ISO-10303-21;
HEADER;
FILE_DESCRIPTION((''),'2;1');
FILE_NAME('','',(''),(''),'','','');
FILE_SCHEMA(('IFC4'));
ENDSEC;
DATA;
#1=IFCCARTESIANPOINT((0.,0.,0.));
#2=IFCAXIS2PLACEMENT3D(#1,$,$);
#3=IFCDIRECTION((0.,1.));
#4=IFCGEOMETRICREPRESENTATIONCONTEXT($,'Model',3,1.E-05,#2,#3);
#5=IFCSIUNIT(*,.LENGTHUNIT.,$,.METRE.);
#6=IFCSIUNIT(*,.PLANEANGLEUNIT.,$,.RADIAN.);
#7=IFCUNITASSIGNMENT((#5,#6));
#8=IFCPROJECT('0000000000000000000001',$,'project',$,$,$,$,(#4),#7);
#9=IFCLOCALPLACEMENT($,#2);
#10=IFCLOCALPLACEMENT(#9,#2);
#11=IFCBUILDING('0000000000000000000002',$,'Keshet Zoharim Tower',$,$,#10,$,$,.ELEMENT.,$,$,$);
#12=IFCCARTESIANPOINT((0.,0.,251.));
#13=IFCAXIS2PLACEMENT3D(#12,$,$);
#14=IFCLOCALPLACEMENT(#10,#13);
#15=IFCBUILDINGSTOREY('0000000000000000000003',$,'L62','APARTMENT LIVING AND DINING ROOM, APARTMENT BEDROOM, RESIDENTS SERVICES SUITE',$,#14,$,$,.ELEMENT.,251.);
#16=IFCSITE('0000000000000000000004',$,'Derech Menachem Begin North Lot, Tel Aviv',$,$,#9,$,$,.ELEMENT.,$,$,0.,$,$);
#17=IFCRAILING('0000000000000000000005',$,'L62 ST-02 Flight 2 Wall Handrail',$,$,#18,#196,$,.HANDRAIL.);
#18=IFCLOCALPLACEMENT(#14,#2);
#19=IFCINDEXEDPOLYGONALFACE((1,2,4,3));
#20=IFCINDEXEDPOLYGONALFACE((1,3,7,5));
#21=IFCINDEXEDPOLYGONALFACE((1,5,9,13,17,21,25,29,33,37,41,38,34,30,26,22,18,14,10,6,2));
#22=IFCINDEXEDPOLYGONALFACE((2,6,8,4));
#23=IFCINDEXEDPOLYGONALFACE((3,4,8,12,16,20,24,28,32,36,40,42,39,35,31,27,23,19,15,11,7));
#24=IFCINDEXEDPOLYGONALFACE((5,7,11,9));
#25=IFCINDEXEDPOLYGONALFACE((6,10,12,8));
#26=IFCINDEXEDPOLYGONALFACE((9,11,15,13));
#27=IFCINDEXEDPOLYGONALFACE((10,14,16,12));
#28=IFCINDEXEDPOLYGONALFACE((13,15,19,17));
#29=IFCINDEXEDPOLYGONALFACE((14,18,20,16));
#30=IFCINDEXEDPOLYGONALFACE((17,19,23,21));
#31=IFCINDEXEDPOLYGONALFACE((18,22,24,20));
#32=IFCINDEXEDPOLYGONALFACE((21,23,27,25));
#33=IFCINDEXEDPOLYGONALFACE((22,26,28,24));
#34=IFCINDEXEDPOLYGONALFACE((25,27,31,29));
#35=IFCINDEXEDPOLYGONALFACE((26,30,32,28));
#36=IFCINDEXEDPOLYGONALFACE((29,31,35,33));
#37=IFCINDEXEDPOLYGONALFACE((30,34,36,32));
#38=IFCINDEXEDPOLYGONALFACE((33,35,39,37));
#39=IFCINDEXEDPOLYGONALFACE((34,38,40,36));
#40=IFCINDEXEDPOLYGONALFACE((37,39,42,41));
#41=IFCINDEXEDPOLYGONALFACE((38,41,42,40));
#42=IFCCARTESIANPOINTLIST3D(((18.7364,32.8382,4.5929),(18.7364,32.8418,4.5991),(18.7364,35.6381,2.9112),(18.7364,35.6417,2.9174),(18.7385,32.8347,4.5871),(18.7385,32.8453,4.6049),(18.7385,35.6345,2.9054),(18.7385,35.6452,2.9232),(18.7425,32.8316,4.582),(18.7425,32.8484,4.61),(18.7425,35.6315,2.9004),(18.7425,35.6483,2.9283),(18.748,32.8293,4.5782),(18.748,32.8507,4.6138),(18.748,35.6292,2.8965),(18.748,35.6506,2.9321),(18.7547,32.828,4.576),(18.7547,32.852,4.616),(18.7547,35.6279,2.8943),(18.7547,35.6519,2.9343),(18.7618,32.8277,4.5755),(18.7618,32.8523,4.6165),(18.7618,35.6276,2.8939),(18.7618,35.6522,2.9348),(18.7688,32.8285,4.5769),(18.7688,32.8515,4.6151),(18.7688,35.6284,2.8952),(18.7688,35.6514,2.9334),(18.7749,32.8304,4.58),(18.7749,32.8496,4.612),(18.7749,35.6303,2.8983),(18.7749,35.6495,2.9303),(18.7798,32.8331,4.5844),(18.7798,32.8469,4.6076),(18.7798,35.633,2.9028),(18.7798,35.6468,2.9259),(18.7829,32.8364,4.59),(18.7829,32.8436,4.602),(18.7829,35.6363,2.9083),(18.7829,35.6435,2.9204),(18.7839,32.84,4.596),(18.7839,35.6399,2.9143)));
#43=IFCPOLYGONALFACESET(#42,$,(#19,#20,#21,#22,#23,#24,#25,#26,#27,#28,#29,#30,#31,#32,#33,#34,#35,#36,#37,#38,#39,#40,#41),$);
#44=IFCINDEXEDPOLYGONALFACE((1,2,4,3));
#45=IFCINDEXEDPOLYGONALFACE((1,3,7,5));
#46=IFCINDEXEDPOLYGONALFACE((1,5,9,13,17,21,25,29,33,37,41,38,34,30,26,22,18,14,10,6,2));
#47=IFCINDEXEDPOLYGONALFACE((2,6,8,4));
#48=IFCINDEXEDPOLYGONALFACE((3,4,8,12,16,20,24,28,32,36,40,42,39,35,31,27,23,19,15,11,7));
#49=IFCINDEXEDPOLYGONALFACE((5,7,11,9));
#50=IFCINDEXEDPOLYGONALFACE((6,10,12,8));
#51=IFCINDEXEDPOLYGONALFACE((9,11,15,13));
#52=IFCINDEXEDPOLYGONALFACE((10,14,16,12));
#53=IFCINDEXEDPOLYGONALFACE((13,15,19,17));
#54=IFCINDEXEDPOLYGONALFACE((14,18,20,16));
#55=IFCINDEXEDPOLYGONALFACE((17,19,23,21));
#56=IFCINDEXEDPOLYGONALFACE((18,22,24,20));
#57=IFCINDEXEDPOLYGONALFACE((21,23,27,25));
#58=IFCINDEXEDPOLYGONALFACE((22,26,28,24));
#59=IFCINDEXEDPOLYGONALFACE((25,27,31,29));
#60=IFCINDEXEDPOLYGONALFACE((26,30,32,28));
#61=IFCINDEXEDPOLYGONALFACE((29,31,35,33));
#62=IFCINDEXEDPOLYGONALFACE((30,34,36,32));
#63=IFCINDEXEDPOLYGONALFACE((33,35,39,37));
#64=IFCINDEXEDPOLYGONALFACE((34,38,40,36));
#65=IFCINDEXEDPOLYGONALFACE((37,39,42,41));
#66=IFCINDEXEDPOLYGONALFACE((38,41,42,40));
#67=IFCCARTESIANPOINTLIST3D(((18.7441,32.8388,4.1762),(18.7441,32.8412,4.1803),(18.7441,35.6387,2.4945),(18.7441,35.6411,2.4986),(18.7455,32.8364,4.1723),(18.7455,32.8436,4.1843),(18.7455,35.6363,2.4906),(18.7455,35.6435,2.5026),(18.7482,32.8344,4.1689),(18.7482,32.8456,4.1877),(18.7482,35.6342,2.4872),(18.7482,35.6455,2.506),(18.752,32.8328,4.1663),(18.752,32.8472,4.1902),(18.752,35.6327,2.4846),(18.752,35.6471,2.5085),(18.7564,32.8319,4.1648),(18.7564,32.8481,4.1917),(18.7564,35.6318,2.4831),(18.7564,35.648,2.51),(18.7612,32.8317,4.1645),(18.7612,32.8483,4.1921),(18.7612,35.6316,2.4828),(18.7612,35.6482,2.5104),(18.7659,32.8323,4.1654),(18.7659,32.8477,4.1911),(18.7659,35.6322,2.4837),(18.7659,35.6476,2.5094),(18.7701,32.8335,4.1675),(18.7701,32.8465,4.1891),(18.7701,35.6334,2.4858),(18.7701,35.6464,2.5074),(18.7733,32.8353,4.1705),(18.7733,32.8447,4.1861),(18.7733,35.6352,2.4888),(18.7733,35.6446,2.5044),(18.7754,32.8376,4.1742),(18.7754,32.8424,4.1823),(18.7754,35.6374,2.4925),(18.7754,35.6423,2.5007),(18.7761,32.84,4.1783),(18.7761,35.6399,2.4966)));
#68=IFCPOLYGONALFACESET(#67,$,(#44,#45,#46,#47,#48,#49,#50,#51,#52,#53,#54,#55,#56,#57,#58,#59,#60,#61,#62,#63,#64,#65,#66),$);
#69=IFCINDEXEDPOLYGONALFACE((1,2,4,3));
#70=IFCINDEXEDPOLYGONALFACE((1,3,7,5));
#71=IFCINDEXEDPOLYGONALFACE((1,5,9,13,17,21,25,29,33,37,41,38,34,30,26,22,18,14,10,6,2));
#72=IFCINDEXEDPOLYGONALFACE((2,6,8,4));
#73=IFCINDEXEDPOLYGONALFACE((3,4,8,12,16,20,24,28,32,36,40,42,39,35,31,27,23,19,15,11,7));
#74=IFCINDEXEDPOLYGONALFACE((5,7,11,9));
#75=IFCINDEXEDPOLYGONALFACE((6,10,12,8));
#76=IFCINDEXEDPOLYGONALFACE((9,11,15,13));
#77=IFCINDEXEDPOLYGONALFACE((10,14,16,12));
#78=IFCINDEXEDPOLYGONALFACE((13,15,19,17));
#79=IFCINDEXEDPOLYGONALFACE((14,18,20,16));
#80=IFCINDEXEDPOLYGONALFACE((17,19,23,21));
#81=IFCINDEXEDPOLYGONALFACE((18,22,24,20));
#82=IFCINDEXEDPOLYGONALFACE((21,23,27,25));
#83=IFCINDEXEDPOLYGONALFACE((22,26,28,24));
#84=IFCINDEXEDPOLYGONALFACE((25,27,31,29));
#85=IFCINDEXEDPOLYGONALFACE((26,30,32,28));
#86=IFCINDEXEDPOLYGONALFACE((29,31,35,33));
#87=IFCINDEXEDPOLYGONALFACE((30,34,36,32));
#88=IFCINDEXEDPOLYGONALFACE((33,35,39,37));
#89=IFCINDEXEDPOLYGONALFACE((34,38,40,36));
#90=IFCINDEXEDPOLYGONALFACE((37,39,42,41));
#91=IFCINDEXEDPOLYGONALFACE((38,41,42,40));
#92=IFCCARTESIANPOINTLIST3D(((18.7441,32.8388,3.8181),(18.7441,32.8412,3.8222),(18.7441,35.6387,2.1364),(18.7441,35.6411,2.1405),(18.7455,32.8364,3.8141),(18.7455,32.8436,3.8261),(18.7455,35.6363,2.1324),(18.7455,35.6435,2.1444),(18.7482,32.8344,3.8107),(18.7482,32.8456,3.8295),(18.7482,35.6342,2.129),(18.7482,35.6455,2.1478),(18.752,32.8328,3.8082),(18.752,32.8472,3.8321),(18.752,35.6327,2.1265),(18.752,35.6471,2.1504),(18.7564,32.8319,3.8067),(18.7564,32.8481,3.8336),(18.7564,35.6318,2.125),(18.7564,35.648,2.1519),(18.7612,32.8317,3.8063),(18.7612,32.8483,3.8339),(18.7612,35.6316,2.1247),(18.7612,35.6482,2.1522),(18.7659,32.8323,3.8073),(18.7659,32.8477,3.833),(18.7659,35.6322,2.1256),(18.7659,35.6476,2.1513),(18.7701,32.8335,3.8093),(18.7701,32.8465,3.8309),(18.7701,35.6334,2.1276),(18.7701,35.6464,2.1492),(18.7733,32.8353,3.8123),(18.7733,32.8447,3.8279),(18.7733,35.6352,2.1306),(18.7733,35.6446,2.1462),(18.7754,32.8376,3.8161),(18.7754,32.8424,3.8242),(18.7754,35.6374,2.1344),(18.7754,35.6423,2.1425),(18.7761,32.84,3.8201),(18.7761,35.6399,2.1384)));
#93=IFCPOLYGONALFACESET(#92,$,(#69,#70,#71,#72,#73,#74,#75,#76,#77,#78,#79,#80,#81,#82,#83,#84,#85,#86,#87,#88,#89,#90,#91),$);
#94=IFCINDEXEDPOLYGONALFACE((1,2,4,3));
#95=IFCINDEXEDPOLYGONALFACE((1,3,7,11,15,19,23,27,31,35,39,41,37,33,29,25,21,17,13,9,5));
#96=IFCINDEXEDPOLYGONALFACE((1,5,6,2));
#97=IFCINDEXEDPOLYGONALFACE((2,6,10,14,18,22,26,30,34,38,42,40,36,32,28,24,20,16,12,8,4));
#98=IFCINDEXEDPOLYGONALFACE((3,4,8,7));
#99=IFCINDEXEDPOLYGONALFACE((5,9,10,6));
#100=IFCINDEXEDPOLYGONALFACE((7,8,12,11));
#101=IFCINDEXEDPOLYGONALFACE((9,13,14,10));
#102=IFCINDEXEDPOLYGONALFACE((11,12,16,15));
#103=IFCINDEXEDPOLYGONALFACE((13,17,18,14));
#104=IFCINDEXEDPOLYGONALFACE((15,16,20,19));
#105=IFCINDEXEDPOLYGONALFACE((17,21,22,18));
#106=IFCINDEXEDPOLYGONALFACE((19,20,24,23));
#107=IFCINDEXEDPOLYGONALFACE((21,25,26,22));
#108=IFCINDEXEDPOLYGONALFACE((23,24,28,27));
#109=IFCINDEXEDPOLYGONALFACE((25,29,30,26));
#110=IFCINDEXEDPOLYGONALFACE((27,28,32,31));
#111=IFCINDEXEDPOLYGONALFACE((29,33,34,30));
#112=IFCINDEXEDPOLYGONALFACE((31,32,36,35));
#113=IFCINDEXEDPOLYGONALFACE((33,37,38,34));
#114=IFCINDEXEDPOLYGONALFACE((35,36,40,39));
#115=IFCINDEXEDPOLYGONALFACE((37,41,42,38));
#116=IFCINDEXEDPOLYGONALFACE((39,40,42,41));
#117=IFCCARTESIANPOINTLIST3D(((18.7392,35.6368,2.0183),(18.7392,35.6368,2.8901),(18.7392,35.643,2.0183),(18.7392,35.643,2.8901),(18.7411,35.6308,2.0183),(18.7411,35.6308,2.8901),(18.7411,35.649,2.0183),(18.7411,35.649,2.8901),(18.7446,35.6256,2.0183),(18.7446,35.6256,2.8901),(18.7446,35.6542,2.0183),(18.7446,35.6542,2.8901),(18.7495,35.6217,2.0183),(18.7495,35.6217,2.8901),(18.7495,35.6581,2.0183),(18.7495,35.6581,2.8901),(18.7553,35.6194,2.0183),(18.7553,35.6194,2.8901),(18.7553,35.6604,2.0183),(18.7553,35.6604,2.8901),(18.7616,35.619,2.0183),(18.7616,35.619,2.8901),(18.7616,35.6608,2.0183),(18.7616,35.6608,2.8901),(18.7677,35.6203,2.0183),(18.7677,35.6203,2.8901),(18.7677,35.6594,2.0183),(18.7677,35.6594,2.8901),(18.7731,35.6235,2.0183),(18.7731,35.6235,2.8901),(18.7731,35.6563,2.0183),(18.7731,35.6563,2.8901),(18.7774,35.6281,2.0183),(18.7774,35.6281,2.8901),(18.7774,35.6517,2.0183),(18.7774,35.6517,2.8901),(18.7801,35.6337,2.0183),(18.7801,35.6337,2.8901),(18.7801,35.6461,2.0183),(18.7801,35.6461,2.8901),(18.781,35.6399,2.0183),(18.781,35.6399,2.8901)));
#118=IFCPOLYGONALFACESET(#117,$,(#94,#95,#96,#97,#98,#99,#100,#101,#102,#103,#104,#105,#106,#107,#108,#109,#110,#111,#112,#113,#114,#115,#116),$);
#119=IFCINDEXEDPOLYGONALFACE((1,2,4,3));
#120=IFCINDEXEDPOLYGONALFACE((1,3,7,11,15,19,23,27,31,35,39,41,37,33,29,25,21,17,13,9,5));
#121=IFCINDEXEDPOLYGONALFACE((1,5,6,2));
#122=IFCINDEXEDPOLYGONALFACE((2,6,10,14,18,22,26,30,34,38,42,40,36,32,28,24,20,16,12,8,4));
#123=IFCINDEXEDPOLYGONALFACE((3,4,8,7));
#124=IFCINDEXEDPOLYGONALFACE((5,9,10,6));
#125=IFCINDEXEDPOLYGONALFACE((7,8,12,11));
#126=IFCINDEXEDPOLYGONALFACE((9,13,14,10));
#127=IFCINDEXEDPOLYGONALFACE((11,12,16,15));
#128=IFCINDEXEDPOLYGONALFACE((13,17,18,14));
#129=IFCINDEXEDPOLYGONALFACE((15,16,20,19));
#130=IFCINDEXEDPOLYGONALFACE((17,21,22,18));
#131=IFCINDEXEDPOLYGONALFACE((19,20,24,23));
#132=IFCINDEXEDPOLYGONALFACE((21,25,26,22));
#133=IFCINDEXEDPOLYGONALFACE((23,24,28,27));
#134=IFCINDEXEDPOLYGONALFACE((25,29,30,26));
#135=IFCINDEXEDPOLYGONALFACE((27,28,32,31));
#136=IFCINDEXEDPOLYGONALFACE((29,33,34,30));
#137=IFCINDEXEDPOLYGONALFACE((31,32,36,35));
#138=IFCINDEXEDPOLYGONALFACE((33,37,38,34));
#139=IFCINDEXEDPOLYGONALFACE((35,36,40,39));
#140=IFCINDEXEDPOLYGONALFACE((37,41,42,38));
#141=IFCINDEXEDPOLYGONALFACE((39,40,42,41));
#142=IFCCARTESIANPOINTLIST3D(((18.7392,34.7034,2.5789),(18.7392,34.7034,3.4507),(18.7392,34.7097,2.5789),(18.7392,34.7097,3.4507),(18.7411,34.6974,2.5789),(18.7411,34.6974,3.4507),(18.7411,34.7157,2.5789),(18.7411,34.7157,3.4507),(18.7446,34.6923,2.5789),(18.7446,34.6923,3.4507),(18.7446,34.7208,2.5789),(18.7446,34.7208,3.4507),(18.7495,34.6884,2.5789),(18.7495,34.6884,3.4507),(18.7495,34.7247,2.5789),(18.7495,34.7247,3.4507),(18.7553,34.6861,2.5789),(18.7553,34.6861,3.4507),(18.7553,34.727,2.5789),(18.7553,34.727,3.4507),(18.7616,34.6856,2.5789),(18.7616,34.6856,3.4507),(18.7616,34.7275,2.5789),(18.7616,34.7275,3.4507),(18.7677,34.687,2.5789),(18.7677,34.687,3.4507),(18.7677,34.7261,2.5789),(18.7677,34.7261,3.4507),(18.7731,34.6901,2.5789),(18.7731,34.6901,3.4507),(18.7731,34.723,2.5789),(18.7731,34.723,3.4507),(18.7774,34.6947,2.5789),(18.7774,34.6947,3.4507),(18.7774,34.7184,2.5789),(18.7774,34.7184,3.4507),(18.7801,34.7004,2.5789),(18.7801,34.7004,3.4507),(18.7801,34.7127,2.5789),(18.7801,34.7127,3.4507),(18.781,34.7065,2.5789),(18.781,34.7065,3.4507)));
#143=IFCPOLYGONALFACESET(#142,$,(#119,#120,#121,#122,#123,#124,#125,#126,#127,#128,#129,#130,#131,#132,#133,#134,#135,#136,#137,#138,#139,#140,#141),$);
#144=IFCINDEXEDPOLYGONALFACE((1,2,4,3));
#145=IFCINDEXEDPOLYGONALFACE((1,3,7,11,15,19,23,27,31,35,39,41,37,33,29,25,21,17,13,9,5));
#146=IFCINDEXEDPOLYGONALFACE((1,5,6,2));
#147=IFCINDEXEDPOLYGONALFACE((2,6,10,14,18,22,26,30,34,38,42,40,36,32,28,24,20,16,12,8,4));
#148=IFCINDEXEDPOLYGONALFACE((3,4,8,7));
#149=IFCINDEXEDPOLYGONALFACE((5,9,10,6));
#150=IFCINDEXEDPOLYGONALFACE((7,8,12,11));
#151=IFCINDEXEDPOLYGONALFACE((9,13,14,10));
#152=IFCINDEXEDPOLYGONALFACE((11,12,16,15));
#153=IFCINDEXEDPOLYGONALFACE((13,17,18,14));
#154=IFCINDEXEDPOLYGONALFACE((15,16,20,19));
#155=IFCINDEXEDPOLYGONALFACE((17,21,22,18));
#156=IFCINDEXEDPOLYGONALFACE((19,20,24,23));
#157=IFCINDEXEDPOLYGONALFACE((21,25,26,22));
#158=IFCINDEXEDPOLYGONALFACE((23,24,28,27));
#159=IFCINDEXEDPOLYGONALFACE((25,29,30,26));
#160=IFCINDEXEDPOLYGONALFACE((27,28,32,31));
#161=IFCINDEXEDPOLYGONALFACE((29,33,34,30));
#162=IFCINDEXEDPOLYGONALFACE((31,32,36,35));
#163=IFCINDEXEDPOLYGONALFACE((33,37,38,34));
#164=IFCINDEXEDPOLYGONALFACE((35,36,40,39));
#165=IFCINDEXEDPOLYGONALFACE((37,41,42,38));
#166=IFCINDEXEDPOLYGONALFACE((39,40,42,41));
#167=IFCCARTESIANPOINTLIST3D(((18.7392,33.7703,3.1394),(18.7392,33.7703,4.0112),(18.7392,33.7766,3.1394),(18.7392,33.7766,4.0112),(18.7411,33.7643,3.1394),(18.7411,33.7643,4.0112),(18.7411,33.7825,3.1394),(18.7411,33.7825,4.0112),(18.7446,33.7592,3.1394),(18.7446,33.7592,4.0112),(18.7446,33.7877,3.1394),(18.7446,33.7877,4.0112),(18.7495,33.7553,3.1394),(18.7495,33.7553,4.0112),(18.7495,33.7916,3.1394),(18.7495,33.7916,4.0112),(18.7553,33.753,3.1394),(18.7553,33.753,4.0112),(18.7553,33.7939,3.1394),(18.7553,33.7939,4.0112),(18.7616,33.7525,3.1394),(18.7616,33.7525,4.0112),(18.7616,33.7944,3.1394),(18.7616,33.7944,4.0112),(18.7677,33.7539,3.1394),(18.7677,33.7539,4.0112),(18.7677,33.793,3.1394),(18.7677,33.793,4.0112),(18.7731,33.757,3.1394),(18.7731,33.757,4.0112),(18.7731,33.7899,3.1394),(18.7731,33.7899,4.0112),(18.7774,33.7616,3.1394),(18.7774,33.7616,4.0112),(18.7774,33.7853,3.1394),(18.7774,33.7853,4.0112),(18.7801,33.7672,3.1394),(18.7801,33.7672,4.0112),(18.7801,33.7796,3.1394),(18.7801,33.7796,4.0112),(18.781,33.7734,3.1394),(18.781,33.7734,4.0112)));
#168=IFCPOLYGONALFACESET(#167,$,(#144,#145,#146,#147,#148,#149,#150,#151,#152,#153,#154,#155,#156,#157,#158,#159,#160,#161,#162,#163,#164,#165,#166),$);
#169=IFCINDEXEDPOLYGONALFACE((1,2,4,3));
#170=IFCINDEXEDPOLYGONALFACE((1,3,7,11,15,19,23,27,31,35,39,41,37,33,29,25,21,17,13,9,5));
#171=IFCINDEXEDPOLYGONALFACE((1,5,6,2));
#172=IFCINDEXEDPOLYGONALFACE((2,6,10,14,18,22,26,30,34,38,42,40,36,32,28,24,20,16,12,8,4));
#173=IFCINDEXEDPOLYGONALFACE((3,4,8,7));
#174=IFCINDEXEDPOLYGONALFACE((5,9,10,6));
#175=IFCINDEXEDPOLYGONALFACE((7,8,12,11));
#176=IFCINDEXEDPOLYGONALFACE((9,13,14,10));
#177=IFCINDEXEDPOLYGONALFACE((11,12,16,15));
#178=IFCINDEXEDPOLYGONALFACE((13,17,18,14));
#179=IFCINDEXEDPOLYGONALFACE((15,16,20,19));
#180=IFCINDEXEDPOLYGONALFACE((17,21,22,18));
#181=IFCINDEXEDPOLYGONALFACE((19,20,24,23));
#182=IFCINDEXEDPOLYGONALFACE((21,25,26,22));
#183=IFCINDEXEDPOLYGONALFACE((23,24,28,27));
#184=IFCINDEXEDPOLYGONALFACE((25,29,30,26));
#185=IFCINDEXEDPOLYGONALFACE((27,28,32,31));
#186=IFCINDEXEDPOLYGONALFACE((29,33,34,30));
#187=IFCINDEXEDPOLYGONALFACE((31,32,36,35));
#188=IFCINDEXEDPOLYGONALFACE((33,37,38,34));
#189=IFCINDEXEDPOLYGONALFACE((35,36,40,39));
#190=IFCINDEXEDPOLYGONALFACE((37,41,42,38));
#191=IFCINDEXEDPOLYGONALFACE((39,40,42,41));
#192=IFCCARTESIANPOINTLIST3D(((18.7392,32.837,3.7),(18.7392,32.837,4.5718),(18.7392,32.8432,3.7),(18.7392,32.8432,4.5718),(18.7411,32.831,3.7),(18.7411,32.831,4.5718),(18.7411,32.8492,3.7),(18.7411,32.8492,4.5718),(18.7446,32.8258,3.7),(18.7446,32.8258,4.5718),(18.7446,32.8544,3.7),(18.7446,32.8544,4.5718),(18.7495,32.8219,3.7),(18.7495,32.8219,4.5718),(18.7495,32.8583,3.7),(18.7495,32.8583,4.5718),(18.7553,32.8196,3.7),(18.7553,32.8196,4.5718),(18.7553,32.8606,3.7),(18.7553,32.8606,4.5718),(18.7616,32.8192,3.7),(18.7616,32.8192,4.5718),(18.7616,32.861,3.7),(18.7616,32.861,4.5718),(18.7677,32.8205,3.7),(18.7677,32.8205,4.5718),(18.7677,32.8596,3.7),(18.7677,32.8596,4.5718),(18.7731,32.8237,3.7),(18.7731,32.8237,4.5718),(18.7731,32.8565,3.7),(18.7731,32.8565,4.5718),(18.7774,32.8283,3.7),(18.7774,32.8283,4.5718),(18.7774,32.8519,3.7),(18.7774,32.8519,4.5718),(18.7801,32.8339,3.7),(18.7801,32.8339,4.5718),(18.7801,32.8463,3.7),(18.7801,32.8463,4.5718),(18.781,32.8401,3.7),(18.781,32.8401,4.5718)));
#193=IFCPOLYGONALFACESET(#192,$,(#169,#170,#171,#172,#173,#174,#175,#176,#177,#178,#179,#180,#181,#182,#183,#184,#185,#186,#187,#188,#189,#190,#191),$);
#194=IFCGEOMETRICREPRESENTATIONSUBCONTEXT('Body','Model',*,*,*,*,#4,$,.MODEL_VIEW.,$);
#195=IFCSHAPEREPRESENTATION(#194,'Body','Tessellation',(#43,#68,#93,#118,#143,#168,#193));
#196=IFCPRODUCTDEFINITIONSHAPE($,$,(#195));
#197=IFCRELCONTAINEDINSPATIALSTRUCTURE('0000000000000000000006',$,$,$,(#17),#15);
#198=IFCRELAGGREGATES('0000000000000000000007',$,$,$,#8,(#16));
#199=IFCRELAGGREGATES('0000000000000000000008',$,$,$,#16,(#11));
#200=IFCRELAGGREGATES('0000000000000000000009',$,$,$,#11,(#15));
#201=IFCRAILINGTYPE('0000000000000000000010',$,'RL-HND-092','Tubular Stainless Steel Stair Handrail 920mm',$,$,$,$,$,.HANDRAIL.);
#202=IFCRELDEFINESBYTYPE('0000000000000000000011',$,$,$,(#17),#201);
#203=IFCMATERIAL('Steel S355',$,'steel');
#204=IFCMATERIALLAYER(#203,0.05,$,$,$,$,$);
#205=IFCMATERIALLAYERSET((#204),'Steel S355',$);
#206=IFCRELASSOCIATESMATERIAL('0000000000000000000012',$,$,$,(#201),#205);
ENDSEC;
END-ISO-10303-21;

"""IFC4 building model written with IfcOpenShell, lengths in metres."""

from ifc_helpers import new_model, si_unit, direction, frame, origin, origin_2d, place, context, subcontext, project, spatial, circle, extrude, material, layer, layer_set, type_object, element, save


model = new_model("IFC4")

# Units and contexts
model_context = context("Model", 3, precision=1e-05, world=origin(), true_north=direction((0.0, 1.0)))
body_context = subcontext(model_context, "Body", "Model", "MODEL_VIEW")
ifc_project = project(units=[si_unit("LENGTHUNIT", "METRE"), si_unit("PLANEANGLEUNIT", "RADIAN")], contexts=[model_context])

# Site, building, storey
site_placement = place(None, origin())
site = spatial("IfcSite", under=ifc_project, at=site_placement, Name="Derech Menachem Begin North Lot, Tel Aviv", CompositionType="ELEMENT", RefElevation=0.0)
building_placement = place(site_placement, origin())
building = spatial("IfcBuilding", under=site, at=building_placement, Name="Keshet Zoharim Tower", CompositionType="ELEMENT")
storey_placement = place(building_placement, frame((0.0, 0.0, 251.0)))
storey = spatial("IfcBuildingStorey", under=building, at=storey_placement, Name="L62", Description="APARTMENT LIVING AND DINING ROOM, APARTMENT BEDROOM, RESIDENTS SERVICES SUITE", CompositionType="ELEMENT", Elevation=251.0)

# Shared definitions
ifc_material_1 = material(Name="Steel S355", Category="steel")

# Railing
ifc_layer_1 = layer(ifc_material_1, 0.05)
ifc_layer_set_1 = layer_set([ifc_layer_1], Name="Steel S355")
railing_type_1 = type_object("IfcRailingType", Name="RL-HND-092", Description="Tubular Stainless Steel Stair Handrail 920mm", PredefinedType="HANDRAIL", material=ifc_layer_set_1)
railing_1_placement = place(storey_placement, frame((18.76, 35.6399, 2.0183)))
element("IfcRailing", 1, at=railing_1_placement, inside=storey, type_object=railing_type_1, Name="L62 ST-02 Flight 2 Wall Handrail", PredefinedType="HANDRAIL", context=body_context, shape_type="SweptSolid", body=[
    extrude(circle(Radius=0.0239, at=origin_2d()), frame((0.0, 0.0, 0.896), z_axis=(0.0, -0.857255, 0.514891), x_axis=(1.0, 0.0, 0.0)), (0.0, 0.0, 1.0), 3.2661),
    extrude(circle(Radius=0.0161, at=origin_2d()), frame((0.0, 0.0, 0.4783), z_axis=(0.0, -0.857255, 0.514891), x_axis=(1.0, 0.0, 0.0)), (0.0, 0.0, 1.0), 3.2661),
    extrude(circle(Radius=0.0161, at=origin_2d()), frame((0.0, 0.0, 0.1201), z_axis=(0.0, -0.857255, 0.514891), x_axis=(1.0, 0.0, 0.0)), (0.0, 0.0, 1.0), 3.2661),
    extrude(circle(Radius=0.021, at=origin_2d()), origin(), (0.0, 0.0, 1.0), 0.8718),
    extrude(circle(Radius=0.021, at=origin_2d()), frame((0.0, -0.9333, 0.5605)), (0.0, 0.0, 1.0), 0.8718),
    extrude(circle(Radius=0.021, at=origin_2d()), frame((0.0, -1.8665, 1.1211)), (0.0, 0.0, 1.0), 0.8718),
    extrude(circle(Radius=0.021, at=origin_2d()), frame((0.0, -2.7998, 1.6816)), (0.0, 0.0, 1.0), 0.8718),
])

save(model, "model.ifc")
